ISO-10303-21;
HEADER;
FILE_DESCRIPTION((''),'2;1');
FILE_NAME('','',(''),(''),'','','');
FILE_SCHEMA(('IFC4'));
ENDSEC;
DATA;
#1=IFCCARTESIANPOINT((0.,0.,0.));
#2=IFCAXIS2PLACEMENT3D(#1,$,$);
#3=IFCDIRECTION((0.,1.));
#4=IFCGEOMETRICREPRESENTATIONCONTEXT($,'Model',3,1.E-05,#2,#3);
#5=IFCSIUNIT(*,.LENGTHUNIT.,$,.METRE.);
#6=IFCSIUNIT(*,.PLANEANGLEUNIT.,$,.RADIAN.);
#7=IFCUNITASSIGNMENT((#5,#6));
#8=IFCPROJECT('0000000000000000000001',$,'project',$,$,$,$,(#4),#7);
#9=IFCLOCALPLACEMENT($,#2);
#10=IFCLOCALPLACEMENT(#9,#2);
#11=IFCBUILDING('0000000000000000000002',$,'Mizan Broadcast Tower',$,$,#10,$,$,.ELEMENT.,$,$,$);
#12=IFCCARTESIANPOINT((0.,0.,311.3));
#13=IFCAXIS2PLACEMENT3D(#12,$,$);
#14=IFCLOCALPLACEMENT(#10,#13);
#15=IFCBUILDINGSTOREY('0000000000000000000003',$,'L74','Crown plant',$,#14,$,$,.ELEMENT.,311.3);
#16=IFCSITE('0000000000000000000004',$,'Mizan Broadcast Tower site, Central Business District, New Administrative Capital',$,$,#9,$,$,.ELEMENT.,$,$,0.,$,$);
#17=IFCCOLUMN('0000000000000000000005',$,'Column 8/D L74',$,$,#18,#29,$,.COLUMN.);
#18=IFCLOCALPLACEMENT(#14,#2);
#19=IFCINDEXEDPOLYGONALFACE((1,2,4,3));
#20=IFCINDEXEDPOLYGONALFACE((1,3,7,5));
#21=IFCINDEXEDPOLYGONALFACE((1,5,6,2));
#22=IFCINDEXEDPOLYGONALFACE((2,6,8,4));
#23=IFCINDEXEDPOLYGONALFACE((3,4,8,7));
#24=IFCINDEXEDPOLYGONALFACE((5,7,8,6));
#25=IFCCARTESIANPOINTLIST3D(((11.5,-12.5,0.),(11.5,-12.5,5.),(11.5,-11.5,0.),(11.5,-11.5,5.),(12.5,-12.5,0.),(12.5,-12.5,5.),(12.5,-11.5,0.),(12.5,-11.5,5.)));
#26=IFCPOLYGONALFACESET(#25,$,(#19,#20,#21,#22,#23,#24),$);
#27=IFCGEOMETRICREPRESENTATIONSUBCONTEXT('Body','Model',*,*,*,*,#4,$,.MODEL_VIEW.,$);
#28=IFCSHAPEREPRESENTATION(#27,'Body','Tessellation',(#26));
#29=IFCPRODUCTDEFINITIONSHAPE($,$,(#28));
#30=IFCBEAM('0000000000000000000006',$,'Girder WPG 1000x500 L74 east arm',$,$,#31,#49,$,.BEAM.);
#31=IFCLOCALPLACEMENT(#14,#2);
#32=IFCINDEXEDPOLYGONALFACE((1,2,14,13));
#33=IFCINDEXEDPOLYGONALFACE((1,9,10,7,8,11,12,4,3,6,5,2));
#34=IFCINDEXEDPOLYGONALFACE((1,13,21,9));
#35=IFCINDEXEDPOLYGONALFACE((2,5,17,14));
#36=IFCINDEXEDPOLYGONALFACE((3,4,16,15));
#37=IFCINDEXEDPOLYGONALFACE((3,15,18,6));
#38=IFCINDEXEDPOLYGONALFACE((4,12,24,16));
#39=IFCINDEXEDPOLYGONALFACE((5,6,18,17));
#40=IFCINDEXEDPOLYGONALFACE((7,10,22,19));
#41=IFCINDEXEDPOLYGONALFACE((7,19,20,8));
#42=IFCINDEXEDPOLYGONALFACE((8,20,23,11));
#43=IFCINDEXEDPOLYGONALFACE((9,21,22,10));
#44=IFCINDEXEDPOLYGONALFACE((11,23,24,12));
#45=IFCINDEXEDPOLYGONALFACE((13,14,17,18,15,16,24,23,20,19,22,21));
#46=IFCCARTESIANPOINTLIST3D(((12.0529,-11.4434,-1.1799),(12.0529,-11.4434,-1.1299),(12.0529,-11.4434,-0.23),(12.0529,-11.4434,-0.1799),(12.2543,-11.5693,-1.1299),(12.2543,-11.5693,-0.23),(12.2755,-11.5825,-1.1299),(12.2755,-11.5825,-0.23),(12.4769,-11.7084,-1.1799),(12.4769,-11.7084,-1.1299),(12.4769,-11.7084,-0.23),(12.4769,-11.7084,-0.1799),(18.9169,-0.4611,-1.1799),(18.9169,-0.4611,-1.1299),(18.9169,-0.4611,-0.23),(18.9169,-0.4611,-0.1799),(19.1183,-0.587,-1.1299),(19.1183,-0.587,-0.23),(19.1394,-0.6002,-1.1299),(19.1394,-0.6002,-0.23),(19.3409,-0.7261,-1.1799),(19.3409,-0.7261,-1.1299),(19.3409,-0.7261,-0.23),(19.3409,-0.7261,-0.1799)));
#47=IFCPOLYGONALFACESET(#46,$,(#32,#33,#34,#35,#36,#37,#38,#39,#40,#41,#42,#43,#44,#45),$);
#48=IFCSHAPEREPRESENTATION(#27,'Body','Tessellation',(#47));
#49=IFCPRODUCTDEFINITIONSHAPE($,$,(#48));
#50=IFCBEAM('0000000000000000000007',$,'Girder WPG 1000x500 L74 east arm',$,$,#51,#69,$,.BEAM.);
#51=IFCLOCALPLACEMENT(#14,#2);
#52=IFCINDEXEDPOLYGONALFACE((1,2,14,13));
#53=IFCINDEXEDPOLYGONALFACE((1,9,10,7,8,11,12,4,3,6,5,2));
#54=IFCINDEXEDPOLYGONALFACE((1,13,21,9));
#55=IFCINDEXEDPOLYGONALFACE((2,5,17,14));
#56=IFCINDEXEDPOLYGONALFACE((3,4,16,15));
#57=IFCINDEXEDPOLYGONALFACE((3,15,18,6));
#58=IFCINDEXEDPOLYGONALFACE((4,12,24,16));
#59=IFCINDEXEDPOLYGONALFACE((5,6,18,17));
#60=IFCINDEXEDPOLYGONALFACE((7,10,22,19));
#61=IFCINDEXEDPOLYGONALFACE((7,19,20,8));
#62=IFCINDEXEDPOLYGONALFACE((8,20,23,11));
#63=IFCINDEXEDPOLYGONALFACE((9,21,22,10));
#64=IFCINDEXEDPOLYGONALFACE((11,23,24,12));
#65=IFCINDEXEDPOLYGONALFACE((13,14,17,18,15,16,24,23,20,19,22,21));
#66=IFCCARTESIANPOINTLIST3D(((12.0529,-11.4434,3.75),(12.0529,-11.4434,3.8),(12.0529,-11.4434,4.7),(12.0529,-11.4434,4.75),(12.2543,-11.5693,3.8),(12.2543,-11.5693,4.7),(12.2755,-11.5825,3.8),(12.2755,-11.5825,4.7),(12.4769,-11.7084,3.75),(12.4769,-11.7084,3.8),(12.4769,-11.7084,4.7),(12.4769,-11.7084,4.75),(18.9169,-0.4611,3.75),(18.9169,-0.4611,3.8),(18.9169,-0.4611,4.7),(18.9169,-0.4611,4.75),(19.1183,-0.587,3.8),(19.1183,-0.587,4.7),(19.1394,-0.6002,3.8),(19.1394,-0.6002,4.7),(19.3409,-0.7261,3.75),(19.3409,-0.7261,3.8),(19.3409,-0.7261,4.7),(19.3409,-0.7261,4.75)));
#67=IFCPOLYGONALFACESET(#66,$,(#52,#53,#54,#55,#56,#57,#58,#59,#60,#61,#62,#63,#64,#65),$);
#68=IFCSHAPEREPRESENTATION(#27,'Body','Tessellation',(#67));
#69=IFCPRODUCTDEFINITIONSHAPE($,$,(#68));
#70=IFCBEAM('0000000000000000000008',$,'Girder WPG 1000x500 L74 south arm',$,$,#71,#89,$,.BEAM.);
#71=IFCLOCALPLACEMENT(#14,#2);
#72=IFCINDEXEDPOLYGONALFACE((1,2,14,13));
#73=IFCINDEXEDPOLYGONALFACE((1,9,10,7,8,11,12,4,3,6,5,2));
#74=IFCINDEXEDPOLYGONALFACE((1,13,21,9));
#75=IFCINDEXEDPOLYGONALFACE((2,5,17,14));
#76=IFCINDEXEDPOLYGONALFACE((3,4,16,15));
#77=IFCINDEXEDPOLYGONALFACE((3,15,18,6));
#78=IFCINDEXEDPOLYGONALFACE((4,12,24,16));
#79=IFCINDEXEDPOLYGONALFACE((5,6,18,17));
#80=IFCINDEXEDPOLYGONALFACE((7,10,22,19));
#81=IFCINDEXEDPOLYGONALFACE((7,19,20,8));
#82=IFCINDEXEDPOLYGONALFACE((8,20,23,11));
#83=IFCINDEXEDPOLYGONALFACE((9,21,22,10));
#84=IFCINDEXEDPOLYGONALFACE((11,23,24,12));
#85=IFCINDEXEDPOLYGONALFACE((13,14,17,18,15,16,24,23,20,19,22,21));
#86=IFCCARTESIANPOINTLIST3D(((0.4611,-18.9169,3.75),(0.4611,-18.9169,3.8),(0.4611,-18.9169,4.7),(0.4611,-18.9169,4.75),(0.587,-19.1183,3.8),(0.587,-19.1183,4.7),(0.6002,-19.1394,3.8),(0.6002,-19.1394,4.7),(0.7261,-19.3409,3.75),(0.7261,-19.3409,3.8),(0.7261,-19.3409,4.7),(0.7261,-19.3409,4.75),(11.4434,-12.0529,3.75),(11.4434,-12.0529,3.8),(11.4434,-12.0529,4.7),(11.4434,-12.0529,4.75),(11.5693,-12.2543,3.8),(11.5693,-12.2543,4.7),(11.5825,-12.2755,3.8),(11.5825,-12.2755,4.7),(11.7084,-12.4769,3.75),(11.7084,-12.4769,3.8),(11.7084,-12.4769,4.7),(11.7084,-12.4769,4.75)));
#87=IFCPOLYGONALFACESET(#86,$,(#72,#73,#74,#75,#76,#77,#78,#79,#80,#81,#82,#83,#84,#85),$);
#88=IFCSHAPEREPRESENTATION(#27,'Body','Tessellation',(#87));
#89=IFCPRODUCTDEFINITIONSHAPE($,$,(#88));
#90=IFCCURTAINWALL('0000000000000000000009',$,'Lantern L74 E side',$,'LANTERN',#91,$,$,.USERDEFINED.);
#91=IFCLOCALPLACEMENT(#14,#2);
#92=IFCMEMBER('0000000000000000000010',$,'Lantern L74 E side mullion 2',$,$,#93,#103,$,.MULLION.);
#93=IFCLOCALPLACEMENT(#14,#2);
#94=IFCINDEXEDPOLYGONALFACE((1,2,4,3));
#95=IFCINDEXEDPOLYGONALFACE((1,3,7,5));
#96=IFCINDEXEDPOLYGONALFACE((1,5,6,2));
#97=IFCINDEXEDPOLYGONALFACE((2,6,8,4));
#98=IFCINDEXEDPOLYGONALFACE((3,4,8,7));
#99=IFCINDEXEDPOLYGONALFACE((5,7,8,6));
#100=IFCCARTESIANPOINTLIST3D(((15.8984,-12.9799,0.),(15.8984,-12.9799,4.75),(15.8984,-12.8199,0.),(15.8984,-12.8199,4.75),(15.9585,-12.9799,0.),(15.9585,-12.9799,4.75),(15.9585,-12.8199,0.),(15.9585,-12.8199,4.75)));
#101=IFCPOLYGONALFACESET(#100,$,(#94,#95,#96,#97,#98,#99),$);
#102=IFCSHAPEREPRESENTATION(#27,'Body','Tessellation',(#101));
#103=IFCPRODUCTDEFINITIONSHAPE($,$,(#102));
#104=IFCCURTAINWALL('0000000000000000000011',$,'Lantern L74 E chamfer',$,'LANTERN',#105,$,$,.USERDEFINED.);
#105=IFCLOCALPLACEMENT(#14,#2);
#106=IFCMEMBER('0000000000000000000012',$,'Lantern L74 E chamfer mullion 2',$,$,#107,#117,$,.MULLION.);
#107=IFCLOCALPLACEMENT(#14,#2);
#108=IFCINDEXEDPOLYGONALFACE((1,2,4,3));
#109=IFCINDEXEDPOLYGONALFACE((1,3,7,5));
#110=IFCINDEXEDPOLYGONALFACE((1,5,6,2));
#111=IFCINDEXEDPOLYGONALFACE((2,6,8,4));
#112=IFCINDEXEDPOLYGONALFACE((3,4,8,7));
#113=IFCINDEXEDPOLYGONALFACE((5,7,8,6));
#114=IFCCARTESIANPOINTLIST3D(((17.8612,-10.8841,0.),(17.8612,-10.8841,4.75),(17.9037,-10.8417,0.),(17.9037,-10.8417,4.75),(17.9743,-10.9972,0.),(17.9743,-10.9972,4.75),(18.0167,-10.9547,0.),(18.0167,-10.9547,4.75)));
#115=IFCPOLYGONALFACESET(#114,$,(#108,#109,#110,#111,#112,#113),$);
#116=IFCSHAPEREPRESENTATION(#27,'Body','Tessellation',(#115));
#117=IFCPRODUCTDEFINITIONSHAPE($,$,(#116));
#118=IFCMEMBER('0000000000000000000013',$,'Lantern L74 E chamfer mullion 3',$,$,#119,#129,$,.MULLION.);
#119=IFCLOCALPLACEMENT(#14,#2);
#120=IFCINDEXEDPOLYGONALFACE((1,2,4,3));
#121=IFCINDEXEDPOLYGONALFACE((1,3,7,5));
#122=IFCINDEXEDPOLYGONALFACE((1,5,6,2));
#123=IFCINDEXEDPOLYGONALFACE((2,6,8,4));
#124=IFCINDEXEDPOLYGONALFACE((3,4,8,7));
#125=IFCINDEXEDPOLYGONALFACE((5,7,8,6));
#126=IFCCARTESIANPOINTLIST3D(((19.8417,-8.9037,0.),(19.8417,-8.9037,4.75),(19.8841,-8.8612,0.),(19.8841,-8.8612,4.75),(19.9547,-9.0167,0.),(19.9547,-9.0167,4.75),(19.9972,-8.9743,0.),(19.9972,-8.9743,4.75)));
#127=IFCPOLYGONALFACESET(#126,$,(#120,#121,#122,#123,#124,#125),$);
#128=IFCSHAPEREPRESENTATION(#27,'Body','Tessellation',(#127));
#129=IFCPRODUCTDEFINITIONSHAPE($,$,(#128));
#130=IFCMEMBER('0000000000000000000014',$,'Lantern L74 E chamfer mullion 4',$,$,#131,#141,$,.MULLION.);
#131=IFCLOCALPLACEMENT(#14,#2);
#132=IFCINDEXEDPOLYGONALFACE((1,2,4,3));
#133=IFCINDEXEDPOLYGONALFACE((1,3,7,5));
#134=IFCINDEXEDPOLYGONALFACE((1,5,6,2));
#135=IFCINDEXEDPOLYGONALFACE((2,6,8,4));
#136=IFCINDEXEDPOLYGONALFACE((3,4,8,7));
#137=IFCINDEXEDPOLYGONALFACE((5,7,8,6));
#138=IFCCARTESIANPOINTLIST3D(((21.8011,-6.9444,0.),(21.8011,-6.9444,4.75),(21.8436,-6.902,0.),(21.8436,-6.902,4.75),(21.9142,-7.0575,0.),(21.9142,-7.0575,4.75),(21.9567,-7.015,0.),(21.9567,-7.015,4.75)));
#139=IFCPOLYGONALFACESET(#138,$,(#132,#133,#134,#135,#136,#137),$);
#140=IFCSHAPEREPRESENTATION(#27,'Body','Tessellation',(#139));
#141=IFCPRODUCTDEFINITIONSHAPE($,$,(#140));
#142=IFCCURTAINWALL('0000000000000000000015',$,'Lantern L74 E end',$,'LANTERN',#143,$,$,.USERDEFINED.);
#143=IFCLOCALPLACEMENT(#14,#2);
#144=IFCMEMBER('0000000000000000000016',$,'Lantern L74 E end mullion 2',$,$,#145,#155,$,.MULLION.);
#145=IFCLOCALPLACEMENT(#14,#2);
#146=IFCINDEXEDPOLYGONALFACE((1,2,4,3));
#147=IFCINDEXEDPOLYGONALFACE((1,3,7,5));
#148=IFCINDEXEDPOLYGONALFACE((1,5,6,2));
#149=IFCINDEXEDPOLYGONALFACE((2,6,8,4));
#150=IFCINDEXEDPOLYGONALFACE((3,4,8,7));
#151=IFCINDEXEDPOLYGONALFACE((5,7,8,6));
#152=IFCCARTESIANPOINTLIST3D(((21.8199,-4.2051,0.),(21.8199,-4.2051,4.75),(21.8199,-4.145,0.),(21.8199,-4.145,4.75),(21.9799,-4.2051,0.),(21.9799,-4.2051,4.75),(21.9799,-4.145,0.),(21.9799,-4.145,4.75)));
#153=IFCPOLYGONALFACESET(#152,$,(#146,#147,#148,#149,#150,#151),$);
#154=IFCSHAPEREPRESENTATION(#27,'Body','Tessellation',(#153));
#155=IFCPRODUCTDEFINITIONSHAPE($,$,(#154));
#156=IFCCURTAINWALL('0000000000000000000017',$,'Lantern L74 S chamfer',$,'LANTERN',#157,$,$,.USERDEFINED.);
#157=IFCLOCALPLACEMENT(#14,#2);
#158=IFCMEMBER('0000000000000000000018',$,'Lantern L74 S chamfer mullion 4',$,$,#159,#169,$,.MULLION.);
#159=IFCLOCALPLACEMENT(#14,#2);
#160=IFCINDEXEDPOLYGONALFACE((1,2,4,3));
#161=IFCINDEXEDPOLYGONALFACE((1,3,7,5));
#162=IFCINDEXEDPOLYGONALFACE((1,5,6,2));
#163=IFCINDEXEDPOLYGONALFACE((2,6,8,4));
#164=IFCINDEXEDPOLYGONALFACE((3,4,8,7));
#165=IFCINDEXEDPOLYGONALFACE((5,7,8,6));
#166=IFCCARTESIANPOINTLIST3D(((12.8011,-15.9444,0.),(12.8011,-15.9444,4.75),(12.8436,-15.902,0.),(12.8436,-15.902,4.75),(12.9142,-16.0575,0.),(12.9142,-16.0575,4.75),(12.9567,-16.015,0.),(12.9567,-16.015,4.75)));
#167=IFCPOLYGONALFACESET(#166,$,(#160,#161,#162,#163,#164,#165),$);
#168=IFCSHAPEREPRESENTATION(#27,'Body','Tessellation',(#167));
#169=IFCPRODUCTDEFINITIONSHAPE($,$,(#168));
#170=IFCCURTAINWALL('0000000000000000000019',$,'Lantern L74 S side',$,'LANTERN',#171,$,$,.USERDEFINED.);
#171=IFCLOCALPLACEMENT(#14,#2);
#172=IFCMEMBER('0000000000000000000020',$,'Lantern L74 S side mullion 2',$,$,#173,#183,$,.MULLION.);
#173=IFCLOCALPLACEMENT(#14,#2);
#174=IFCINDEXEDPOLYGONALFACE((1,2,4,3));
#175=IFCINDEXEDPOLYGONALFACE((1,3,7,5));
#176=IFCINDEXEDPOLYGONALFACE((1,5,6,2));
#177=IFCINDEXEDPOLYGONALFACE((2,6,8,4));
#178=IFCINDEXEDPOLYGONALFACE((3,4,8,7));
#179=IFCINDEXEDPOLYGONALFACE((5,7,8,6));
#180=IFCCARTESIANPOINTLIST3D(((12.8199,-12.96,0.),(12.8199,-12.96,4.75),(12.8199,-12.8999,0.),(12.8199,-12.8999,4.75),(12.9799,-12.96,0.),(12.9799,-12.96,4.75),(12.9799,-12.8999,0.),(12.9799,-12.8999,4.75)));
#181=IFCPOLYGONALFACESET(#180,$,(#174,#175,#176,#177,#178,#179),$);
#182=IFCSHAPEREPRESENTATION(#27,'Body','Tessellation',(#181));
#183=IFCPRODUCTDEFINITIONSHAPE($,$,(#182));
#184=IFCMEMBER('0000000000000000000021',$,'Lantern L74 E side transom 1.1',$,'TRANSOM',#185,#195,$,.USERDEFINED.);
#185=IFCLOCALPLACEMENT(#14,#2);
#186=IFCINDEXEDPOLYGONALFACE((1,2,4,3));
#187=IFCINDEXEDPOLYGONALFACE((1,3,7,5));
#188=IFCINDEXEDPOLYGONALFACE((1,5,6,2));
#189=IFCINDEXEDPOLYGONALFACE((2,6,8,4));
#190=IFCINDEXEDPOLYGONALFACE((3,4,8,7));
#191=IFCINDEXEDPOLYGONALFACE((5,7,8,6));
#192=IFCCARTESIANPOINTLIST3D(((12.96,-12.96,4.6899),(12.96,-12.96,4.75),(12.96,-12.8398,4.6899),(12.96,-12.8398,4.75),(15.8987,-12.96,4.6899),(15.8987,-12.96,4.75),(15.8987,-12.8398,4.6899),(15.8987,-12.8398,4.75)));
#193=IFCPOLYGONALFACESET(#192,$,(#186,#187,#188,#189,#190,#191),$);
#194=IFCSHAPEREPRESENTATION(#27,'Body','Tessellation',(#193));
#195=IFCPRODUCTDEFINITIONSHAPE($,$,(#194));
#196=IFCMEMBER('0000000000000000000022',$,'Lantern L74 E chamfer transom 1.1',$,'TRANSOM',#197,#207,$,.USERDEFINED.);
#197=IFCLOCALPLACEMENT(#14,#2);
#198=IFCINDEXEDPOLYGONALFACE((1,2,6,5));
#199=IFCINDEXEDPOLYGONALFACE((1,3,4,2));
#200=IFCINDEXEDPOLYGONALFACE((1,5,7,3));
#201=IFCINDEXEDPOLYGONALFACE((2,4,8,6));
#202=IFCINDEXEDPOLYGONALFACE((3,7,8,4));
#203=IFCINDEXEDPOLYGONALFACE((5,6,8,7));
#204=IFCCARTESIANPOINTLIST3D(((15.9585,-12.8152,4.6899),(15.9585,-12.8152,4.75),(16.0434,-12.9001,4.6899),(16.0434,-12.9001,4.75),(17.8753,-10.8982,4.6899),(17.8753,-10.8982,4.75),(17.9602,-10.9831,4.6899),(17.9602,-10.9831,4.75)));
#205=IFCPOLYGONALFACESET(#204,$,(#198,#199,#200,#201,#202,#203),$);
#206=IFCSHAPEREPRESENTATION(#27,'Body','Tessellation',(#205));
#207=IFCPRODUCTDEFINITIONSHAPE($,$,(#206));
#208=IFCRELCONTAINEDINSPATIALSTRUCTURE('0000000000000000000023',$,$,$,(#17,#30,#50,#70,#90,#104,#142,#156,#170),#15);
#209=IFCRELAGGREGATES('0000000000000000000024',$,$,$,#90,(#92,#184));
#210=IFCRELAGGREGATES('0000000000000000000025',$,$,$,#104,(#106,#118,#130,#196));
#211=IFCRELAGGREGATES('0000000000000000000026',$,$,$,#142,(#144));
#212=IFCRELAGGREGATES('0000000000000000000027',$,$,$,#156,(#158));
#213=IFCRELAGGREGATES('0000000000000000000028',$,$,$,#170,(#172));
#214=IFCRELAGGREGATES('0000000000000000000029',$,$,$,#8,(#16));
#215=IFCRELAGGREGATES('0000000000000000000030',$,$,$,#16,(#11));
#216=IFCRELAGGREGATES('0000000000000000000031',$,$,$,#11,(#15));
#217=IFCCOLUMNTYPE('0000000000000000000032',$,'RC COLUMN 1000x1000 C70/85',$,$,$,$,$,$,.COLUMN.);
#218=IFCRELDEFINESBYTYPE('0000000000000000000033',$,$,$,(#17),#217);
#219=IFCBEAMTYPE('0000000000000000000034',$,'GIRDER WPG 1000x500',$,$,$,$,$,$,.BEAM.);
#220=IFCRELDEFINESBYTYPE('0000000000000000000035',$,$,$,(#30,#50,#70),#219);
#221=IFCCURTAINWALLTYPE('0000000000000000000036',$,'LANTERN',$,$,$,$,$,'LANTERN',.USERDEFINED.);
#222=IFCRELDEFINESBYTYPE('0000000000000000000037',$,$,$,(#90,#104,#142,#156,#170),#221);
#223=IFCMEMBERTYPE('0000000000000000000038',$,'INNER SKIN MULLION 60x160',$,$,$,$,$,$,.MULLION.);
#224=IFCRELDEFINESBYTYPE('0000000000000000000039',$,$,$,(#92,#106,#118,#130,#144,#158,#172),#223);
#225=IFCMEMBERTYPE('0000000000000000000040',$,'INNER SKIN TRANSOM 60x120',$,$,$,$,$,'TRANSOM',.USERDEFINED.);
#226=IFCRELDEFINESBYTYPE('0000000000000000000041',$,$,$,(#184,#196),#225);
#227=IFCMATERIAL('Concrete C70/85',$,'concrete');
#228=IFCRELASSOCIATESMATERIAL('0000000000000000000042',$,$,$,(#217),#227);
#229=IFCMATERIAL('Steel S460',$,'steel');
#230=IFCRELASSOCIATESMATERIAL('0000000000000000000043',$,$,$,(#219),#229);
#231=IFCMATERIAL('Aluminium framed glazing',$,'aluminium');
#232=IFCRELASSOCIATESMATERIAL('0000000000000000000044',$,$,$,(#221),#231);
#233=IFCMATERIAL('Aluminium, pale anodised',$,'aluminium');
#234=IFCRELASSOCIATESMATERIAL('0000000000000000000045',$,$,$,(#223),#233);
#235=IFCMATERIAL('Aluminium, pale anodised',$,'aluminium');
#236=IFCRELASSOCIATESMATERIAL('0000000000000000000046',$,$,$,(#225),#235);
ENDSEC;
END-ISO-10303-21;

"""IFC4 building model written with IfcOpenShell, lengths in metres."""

from ifc_helpers import new_model, si_unit, direction, frame, origin, origin_2d, place, context, subcontext, project, spatial, rectangle, i_section, extrude, material, material_profile, profile_set, type_object, element, aggregate, save


model = new_model("IFC4")

# Units and contexts
model_context = context("Model", 3, precision=1e-05, world=origin(), true_north=direction((0.0, 1.0)))
body_context = subcontext(model_context, "Body", "Model", "MODEL_VIEW")
ifc_project = project(units=[si_unit("LENGTHUNIT", "METRE"), si_unit("PLANEANGLEUNIT", "RADIAN")], contexts=[model_context])

# Site, building, storey
site_placement = place(None, origin())
site = spatial("IfcSite", under=ifc_project, at=site_placement, Name="Mizan Broadcast Tower site, Central Business District, New Administrative Capital", CompositionType="ELEMENT", RefElevation=0.0)
building_placement = place(site_placement, origin())
building = spatial("IfcBuilding", under=site, at=building_placement, Name="Mizan Broadcast Tower", CompositionType="ELEMENT")
storey_placement = place(building_placement, frame((0.0, 0.0, 311.3)))
storey = spatial("IfcBuildingStorey", under=building, at=storey_placement, Name="L74", Description="Crown plant", CompositionType="ELEMENT", Elevation=311.3)

# Column
ifc_material_1 = material(Name="Concrete C70/85", Category="concrete")
ifc_material_profile_1 = material_profile(ifc_material_1, rectangle(XDim=1.0, YDim=1.0, at=origin_2d()), Name="RC 1000x1000")
ifc_profile_set_1 = profile_set([ifc_material_profile_1], Name="Concrete C70/85")
column_type = type_object("IfcColumnType", Name="RC COLUMN 1000x1000 C70/85", PredefinedType="COLUMN", material=ifc_profile_set_1)
column_placement = place(storey_placement, frame((12.0, -12.0, 0.0), z_axis=(0.0, 0.0, 1.0), x_axis=(1.0, 0.0, 0.0)))
element("IfcColumn", 1, at=column_placement, inside=storey, type_object=column_type, Name="Column 8/D L74", PredefinedType="COLUMN", context=body_context, shape_type="SweptSolid", body=[
    extrude(rectangle(XDim=1.0, YDim=1.0, at=origin_2d()), origin(), (0.0, 0.0, 1.0), 5.0),
])

# Beams
ifc_material_2 = material(Name="Steel S460", Category="steel")
ifc_material_profile_2 = material_profile(ifc_material_2, i_section(OverallWidth=0.5, OverallDepth=1.0, WebThickness=0.0249, FlangeThickness=0.05, at=origin_2d()), Name="WPG 1000x500")
ifc_profile_set_2 = profile_set([ifc_material_profile_2], Name="Steel S460")
beam_type_1 = type_object("IfcBeamType", Name="GIRDER WPG 1000x500", PredefinedType="BEAM", material=ifc_profile_set_2)
for number, where, z_axis, x_axis, name in (
    (2, (12.2649, -11.5759, -0.6799), (0.529999, 0.847998, 0.0), (-0.847998, 0.529999, 0.0), "Girder WPG 1000x500 L74 east arm"),
    (3, (12.2649, -11.5759, 4.25), (0.529999, 0.847998, 0.0), (-0.847998, 0.529999, 0.0), "Girder WPG 1000x500 L74 east arm"),
    (4, (11.5759, -12.2649, 4.25), (-0.847998, -0.529999, 0.0), (0.529999, -0.847998, 0.0), "Girder WPG 1000x500 L74 south arm"),
):
    element("IfcBeam", number, at=place(storey_placement, frame(where, z_axis=z_axis, x_axis=x_axis)), inside=storey, type_object=beam_type_1, Name=name, PredefinedType="BEAM", context=body_context, shape_type="SweptSolid", body=[
        extrude(i_section(OverallWidth=0.5, OverallDepth=1.0, WebThickness=0.0249, FlangeThickness=0.05, at=origin_2d()), origin(), (0.0, 0.0, 1.0), 12.9509),
    ])

# Curtain wall, member
ifc_material_3 = material(Name="Aluminium framed glazing", Category="aluminium")
curtain_wall_type = type_object("IfcCurtainWallType", Name="LANTERN", ElementType="LANTERN", PredefinedType="USERDEFINED", material=ifc_material_3)
curtain_wall_1_placement = place(storey_placement, origin())
curtain_wall_1 = element("IfcCurtainWall", 5, at=curtain_wall_1_placement, inside=storey, type_object=curtain_wall_type, Name="Lantern L74 E side", ObjectType="LANTERN", PredefinedType="USERDEFINED")
ifc_material_4 = material(Name="Aluminium, pale anodised", Category="aluminium")
ifc_material_profile_3 = material_profile(ifc_material_4, rectangle(XDim=0.1599, YDim=0.0601, at=origin_2d()), Name="MULLION 160x60")
ifc_profile_set_3 = profile_set([ifc_material_profile_3], Name="Aluminium, pale anodised")
member_type_1 = type_object("IfcMemberType", Name="INNER SKIN MULLION 60x160", PredefinedType="MULLION", material=ifc_profile_set_3)
member_1_placement = place(storey_placement, frame((15.9285, -12.8999, 0.0), z_axis=(0.0, 0.0, 1.0), x_axis=(0.0, 1.0, 0.0)))
member_1 = element("IfcMember", 6, at=member_1_placement, type_object=member_type_1, Name="Lantern L74 E side mullion 2", PredefinedType="MULLION", context=body_context, shape_type="SweptSolid", body=[
    extrude(rectangle(XDim=0.1599, YDim=0.0601, at=origin_2d()), origin(), (0.0, 0.0, 1.0), 4.75),
])

# Curtain wall, members
curtain_wall_2_placement = place(storey_placement, origin())
curtain_wall_2 = element("IfcCurtainWall", 7, at=curtain_wall_2_placement, inside=storey, type_object=curtain_wall_type, Name="Lantern L74 E chamfer", ObjectType="LANTERN", PredefinedType="USERDEFINED")
member_2_placement = place(storey_placement, frame((17.939, -10.9194, 0.0), z_axis=(0.0, 0.0, 1.0), x_axis=(-0.707107, 0.707107, 0.0)))
member_2 = element("IfcMember", 8, at=member_2_placement, type_object=member_type_1, Name="Lantern L74 E chamfer mullion 2", PredefinedType="MULLION", context=body_context, shape_type="SweptSolid", body=[
    extrude(rectangle(XDim=0.1599, YDim=0.0601, at=origin_2d()), origin(), (0.0, 0.0, 1.0), 4.75),
])
member_3_placement = place(storey_placement, frame((19.9194, -8.939, 0.0), z_axis=(0.0, 0.0, 1.0), x_axis=(-0.707107, 0.707107, 0.0)))
member_3 = element("IfcMember", 9, at=member_3_placement, type_object=member_type_1, Name="Lantern L74 E chamfer mullion 3", PredefinedType="MULLION", context=body_context, shape_type="SweptSolid", body=[
    extrude(rectangle(XDim=0.1599, YDim=0.0601, at=origin_2d()), origin(), (0.0, 0.0, 1.0), 4.75),
])
member_4_placement = place(storey_placement, frame((21.8789, -6.9797, 0.0), z_axis=(0.0, 0.0, 1.0), x_axis=(-0.707107, 0.707107, 0.0)))
member_4 = element("IfcMember", 10, at=member_4_placement, type_object=member_type_1, Name="Lantern L74 E chamfer mullion 4", PredefinedType="MULLION", context=body_context, shape_type="SweptSolid", body=[
    extrude(rectangle(XDim=0.1599, YDim=0.0601, at=origin_2d()), origin(), (0.0, 0.0, 1.0), 4.75),
])

# Curtain walls, members
curtain_wall_3_placement = place(storey_placement, origin())
curtain_wall_3 = element("IfcCurtainWall", 11, at=curtain_wall_3_placement, inside=storey, type_object=curtain_wall_type, Name="Lantern L74 E end", ObjectType="LANTERN", PredefinedType="USERDEFINED")
member_5_placement = place(storey_placement, frame((21.8999, -4.175, 0.0), z_axis=(0.0, 0.0, 1.0), x_axis=(-1.0, 0.0, 0.0)))
member_5 = element("IfcMember", 12, at=member_5_placement, type_object=member_type_1, Name="Lantern L74 E end mullion 2", PredefinedType="MULLION", context=body_context, shape_type="SweptSolid", body=[
    extrude(rectangle(XDim=0.1599, YDim=0.0601, at=origin_2d()), origin(), (0.0, 0.0, 1.0), 4.75),
])
curtain_wall_4_placement = place(storey_placement, origin())
curtain_wall_4 = element("IfcCurtainWall", 13, at=curtain_wall_4_placement, inside=storey, type_object=curtain_wall_type, Name="Lantern L74 S chamfer", ObjectType="LANTERN", PredefinedType="USERDEFINED")
member_6_placement = place(storey_placement, frame((12.8789, -15.9797, 0.0), z_axis=(0.0, 0.0, 1.0), x_axis=(-0.707107, 0.707107, 0.0)))
member_6 = element("IfcMember", 14, at=member_6_placement, type_object=member_type_1, Name="Lantern L74 S chamfer mullion 4", PredefinedType="MULLION", context=body_context, shape_type="SweptSolid", body=[
    extrude(rectangle(XDim=0.1599, YDim=0.0601, at=origin_2d()), origin(), (0.0, 0.0, 1.0), 4.75),
])
curtain_wall_5_placement = place(storey_placement, origin())
curtain_wall_5 = element("IfcCurtainWall", 15, at=curtain_wall_5_placement, inside=storey, type_object=curtain_wall_type, Name="Lantern L74 S side", ObjectType="LANTERN", PredefinedType="USERDEFINED")
member_7_placement = place(storey_placement, frame((12.8999, -12.9299, 0.0), z_axis=(0.0, 0.0, 1.0), x_axis=(-1.0, 0.0, 0.0)))
member_7 = element("IfcMember", 16, at=member_7_placement, type_object=member_type_1, Name="Lantern L74 S side mullion 2", PredefinedType="MULLION", context=body_context, shape_type="SweptSolid", body=[
    extrude(rectangle(XDim=0.1599, YDim=0.0601, at=origin_2d()), origin(), (0.0, 0.0, 1.0), 4.75),
])

# Members
ifc_material_5 = material(Name="Aluminium, pale anodised", Category="aluminium")
ifc_material_profile_4 = material_profile(ifc_material_5, rectangle(XDim=0.1201, YDim=0.0601, at=origin_2d()), Name="TRANSOM 120x60")
ifc_profile_set_4 = profile_set([ifc_material_profile_4], Name="Aluminium, pale anodised")
member_type_2 = type_object("IfcMemberType", Name="INNER SKIN TRANSOM 60x120", ElementType="TRANSOM", PredefinedType="USERDEFINED", material=ifc_profile_set_4)
member_8_placement = place(storey_placement, frame((12.96, -12.8999, 4.72), z_axis=(1.0, 0.0, 0.0), x_axis=(0.0, 1.0, 0.0)))
member_8 = element("IfcMember", 17, at=member_8_placement, type_object=member_type_2, Name="Lantern L74 E side transom 1.1", ObjectType="TRANSOM", PredefinedType="USERDEFINED", context=body_context, shape_type="SweptSolid", body=[
    extrude(rectangle(XDim=0.1201, YDim=0.0601, at=origin_2d()), origin(), (0.0, 0.0, 1.0), 2.9387),
])
member_9_placement = place(storey_placement, frame((16.001, -12.8577, 4.72), z_axis=(0.707062, 0.707152, 0.0), x_axis=(-0.707152, 0.707062, 0.0)))
member_9 = element("IfcMember", 18, at=member_9_placement, type_object=member_type_2, Name="Lantern L74 E chamfer transom 1.1", ObjectType="TRANSOM", PredefinedType="USERDEFINED", context=body_context, shape_type="SweptSolid", body=[
    extrude(rectangle(XDim=0.1201, YDim=0.0601, at=origin_2d()), origin(), (0.0, 0.0, 1.0), 2.7109),
])

aggregate(curtain_wall_1, [member_1, member_8])
aggregate(curtain_wall_2, [member_2, member_3, member_4, member_9])
aggregate(curtain_wall_3, [member_5])
aggregate(curtain_wall_4, [member_6])
aggregate(curtain_wall_5, [member_7])

save(model, "model.ifc")
